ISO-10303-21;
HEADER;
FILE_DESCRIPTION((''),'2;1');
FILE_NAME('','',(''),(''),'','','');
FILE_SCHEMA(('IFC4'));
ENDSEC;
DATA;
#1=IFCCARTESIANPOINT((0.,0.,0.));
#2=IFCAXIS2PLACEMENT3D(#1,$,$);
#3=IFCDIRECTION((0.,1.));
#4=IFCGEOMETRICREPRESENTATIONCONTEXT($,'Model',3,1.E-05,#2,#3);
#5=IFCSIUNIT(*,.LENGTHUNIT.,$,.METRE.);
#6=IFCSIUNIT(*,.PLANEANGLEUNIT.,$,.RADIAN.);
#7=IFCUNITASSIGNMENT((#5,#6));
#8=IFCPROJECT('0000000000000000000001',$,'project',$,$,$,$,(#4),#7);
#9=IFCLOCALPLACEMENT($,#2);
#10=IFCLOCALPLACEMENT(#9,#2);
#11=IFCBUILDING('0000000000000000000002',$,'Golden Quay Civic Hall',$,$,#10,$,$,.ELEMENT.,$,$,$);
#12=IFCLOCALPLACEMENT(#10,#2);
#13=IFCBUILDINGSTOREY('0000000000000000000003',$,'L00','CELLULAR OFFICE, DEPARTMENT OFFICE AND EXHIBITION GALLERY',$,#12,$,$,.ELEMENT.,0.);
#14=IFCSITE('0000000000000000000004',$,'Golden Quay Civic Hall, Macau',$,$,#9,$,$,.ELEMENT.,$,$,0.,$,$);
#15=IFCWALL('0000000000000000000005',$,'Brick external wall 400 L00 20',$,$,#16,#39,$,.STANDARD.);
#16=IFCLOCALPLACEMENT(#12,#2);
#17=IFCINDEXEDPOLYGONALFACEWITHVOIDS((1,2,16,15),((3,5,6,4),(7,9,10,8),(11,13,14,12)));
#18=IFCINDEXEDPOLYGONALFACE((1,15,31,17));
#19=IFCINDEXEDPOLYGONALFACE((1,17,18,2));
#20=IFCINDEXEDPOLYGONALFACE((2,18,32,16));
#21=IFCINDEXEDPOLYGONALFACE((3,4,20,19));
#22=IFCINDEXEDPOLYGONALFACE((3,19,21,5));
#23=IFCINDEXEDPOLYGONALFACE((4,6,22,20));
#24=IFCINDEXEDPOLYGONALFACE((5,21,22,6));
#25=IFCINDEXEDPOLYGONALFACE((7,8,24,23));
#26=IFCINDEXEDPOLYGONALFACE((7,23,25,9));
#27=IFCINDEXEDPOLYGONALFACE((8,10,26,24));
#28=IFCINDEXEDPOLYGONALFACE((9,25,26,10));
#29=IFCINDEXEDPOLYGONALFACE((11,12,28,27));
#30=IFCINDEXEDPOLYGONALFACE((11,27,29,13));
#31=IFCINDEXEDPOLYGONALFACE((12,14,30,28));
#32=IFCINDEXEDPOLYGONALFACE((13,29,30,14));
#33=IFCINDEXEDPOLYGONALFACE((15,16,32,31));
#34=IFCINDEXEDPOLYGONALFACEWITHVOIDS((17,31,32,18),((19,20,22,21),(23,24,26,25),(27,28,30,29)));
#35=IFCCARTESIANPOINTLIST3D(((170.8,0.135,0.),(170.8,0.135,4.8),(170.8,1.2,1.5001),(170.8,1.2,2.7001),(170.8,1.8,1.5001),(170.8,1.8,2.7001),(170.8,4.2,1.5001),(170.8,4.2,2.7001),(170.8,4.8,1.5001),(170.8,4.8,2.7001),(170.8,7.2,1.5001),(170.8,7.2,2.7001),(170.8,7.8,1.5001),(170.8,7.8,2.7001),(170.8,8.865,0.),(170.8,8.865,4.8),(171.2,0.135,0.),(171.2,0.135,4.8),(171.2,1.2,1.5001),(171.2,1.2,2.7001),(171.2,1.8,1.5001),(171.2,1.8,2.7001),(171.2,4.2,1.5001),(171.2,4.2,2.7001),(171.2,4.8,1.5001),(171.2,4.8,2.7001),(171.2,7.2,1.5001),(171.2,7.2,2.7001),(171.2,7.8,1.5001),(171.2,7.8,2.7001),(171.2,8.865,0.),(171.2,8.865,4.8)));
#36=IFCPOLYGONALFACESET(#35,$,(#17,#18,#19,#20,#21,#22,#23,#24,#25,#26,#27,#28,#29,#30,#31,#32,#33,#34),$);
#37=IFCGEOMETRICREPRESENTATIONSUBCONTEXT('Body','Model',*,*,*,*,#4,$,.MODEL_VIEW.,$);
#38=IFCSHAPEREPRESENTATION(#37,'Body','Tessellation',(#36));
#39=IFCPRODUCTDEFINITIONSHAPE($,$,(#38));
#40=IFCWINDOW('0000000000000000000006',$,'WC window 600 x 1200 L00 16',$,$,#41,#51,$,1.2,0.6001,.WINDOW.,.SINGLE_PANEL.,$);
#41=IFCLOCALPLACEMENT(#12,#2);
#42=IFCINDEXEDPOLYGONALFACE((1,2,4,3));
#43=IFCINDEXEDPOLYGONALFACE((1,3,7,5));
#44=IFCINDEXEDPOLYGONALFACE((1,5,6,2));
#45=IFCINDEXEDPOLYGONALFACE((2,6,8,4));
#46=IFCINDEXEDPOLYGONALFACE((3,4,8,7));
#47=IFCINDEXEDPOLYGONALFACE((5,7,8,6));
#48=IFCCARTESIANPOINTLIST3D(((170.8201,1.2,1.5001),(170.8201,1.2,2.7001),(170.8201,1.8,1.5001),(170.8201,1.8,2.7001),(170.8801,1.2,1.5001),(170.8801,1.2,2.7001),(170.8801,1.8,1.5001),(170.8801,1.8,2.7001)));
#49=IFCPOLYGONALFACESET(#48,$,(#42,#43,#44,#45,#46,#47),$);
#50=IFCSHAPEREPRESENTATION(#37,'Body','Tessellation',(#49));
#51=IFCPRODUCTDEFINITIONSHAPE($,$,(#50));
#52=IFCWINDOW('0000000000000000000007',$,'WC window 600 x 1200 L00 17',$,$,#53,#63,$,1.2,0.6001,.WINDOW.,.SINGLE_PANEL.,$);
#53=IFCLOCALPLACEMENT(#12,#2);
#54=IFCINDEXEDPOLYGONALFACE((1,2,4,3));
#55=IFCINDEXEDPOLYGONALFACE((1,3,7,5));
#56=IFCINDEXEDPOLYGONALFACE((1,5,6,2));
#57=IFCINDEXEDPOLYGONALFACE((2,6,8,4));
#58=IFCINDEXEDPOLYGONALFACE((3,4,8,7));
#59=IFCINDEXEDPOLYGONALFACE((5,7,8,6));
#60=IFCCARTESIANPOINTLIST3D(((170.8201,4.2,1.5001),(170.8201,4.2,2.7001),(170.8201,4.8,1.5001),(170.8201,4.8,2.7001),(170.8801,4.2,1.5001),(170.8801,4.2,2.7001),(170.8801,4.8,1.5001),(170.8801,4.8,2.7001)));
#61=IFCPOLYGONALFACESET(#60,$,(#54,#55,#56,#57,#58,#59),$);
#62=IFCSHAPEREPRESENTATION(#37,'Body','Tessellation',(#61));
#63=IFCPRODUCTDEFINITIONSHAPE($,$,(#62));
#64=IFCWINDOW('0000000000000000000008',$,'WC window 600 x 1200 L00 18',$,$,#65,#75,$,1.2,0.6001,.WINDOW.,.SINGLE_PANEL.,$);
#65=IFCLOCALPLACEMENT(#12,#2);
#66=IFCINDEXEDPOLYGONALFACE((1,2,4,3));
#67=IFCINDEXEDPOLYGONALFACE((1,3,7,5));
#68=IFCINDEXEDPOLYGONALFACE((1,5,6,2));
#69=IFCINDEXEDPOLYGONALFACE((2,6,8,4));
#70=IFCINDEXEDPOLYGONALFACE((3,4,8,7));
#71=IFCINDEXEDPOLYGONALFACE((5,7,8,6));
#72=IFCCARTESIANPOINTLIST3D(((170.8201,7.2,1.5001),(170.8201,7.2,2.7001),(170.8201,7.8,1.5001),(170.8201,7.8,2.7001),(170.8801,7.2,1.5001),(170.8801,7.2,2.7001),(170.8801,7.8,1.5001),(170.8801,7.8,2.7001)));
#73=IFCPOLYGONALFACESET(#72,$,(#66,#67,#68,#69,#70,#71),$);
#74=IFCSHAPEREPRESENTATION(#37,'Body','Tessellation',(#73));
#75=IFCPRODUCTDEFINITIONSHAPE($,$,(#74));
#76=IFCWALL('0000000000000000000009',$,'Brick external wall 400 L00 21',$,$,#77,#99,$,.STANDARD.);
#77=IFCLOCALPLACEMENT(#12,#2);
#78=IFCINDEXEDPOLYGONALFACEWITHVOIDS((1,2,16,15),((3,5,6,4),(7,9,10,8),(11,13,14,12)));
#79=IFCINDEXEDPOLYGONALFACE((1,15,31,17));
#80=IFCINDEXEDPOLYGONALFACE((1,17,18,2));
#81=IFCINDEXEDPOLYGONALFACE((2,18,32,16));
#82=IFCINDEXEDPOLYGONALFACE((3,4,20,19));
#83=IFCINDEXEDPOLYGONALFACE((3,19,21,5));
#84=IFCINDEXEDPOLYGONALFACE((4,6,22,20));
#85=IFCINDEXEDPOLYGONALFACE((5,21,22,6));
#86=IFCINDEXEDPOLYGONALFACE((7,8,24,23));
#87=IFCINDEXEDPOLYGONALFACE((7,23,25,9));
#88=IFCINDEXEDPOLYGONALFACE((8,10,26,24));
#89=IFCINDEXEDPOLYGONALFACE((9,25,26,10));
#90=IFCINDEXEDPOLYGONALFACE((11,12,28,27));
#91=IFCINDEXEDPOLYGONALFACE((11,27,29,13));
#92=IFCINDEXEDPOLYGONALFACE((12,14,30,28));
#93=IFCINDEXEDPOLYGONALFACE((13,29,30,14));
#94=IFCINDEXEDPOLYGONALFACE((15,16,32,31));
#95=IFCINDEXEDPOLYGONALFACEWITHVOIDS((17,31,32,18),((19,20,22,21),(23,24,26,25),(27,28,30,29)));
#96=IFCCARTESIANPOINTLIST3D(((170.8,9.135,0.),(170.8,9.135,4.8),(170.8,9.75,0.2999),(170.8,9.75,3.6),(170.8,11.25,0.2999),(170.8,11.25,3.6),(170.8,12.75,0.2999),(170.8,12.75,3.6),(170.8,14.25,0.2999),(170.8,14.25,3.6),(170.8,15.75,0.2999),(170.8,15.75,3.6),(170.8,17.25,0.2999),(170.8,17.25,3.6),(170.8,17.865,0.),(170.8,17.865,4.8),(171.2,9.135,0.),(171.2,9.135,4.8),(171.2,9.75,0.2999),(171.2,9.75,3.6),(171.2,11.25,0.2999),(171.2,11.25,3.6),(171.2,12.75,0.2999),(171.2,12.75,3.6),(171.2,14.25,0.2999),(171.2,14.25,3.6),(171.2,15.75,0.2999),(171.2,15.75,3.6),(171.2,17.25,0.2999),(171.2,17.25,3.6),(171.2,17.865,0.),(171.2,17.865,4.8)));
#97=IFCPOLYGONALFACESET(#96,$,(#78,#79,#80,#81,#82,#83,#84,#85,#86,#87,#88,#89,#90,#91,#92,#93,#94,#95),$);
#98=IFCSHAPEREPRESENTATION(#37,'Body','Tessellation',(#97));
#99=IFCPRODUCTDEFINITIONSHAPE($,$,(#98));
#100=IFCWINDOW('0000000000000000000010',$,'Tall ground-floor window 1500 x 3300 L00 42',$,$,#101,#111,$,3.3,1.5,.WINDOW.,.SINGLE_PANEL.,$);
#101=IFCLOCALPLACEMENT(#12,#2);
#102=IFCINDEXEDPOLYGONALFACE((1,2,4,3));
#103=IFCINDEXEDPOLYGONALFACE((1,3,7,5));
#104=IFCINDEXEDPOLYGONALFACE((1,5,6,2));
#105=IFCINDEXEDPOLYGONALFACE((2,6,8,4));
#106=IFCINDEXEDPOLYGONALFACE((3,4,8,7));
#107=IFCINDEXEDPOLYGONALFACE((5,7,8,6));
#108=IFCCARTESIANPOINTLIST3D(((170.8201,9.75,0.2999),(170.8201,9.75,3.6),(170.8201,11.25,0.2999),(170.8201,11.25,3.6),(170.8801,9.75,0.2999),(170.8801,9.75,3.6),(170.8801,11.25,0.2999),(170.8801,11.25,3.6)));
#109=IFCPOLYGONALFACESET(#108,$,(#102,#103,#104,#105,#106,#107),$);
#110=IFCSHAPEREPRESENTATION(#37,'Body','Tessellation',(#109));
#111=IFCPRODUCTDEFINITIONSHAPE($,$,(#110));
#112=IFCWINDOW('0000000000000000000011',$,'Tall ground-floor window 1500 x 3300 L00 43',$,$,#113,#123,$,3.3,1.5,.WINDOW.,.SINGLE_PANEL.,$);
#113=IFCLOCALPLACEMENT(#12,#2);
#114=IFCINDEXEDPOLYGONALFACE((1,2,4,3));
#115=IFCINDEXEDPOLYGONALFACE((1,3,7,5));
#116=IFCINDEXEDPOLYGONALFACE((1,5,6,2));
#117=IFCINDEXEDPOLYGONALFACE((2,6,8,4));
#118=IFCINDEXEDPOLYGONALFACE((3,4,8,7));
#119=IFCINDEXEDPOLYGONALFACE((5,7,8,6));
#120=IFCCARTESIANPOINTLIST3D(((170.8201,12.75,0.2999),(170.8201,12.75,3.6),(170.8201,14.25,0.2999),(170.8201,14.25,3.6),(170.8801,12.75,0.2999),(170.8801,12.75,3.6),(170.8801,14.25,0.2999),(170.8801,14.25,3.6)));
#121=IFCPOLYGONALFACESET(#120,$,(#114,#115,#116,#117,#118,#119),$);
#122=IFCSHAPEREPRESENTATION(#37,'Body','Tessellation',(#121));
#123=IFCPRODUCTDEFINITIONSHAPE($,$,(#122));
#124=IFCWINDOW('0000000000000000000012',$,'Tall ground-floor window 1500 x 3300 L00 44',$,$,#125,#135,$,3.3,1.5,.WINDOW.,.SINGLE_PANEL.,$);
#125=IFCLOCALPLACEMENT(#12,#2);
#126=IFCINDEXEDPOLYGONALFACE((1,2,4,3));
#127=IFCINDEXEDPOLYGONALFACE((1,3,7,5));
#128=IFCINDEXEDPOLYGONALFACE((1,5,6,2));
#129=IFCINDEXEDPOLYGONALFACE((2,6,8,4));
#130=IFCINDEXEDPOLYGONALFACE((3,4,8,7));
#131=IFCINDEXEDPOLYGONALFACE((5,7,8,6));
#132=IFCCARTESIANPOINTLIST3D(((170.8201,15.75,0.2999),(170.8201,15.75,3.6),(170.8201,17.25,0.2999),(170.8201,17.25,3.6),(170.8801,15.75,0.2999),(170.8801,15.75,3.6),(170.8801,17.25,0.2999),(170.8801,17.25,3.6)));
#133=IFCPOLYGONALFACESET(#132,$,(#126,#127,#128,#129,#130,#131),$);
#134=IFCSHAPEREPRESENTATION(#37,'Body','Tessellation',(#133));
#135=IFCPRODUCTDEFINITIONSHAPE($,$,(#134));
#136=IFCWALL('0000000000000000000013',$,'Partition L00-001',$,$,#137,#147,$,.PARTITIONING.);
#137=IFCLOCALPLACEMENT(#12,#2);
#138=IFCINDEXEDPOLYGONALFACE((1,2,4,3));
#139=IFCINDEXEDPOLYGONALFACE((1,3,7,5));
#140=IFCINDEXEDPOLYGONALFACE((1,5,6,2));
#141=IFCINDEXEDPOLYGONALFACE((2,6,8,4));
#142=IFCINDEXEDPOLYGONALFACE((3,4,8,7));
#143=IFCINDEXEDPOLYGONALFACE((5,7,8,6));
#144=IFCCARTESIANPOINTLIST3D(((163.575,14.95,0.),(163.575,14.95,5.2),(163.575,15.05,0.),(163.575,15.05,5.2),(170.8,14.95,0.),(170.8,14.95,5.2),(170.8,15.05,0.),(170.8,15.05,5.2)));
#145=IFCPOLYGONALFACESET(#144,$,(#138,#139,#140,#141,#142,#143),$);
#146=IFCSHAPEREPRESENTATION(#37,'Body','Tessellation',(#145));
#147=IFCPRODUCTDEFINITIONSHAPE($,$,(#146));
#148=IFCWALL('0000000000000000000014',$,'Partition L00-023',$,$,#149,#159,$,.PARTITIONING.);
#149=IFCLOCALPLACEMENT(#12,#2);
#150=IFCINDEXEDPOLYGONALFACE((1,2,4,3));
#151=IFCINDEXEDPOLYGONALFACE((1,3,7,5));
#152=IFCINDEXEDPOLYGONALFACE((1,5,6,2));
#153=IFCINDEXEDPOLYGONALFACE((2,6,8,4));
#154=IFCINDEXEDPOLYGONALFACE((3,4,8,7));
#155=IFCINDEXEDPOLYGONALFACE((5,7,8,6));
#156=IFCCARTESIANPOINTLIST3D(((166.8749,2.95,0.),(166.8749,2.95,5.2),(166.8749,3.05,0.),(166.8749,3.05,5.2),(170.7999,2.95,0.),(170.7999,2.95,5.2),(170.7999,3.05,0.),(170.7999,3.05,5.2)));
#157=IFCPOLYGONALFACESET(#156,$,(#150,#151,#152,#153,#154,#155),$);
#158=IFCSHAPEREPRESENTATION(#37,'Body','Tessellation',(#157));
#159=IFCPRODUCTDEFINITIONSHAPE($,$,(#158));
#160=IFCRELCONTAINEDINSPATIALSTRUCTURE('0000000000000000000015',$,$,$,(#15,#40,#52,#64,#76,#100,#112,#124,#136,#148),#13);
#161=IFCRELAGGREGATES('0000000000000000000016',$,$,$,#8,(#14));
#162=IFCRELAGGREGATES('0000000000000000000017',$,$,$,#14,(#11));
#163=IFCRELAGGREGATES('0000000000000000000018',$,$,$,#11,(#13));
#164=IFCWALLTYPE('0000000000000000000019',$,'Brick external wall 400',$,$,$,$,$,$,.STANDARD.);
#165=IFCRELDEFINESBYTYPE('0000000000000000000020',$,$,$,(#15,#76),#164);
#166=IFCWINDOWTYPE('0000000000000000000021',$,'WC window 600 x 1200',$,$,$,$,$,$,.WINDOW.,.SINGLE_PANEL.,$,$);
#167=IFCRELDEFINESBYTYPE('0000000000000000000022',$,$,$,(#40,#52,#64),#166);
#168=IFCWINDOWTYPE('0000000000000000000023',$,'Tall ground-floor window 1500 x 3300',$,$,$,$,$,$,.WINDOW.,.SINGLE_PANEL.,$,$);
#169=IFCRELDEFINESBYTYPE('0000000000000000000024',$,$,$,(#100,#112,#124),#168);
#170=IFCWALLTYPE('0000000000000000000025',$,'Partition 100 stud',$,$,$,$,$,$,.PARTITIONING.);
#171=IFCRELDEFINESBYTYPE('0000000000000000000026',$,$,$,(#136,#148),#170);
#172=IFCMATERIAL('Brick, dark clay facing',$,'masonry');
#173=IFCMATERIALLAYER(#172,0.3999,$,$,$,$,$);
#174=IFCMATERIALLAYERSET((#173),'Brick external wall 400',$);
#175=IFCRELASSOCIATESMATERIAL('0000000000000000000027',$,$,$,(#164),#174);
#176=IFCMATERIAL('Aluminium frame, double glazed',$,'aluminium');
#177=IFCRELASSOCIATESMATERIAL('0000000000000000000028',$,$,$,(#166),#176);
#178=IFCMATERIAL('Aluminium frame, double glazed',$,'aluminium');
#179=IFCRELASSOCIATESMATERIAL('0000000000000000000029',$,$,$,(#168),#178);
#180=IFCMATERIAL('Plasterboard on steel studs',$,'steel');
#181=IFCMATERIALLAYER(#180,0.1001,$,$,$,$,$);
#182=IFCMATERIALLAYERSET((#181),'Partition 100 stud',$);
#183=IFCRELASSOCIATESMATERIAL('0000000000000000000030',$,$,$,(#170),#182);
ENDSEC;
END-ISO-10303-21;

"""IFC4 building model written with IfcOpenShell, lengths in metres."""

from ifc_helpers import new_model, si_unit, direction, frame, frame_2d, origin, place, context, subcontext, project, spatial, rectangle, extrude, material, layer, layer_set, type_object, element, fill, save


model = new_model("IFC4")

# Units and contexts
model_context = context("Model", 3, precision=1e-05, world=origin(), true_north=direction((0.0, 1.0)))
body_context = subcontext(model_context, "Body", "Model", "MODEL_VIEW")
ifc_project = project(units=[si_unit("LENGTHUNIT", "METRE"), si_unit("PLANEANGLEUNIT", "RADIAN")], contexts=[model_context])

# Site, building, storey
site_placement = place(None, origin())
site = spatial("IfcSite", under=ifc_project, at=site_placement, Name="Golden Quay Civic Hall, Macau", CompositionType="ELEMENT", RefElevation=0.0)
building_placement = place(site_placement, origin())
building = spatial("IfcBuilding", under=site, at=building_placement, Name="Golden Quay Civic Hall", CompositionType="ELEMENT")
storey_placement = place(building_placement, origin())
storey = spatial("IfcBuildingStorey", under=building, at=storey_placement, Name="L00", Description="CELLULAR OFFICE, DEPARTMENT OFFICE AND EXHIBITION GALLERY", CompositionType="ELEMENT", Elevation=0.0)

# Walls, openings, windows
ifc_material_1 = material(Name="Brick, dark clay facing", Category="masonry")
ifc_layer_1 = layer(ifc_material_1, 0.3999)
ifc_layer_set_1 = layer_set([ifc_layer_1], Name="Brick external wall 400")
wall_type_1 = type_object("IfcWallType", Name="Brick external wall 400", PredefinedType="STANDARD", material=ifc_layer_set_1)
wall_1_placement = place(storey_placement, frame((171.0, 8.865, 0.0), z_axis=(0.0, 0.0, 1.0), x_axis=(0.0, -1.0, 0.0)))
wall_1 = element("IfcWall", 1, at=wall_1_placement, inside=storey, type_object=wall_type_1, Name="Brick external wall 400 L00 20", PredefinedType="STANDARD", context=body_context, shape_type="SweptSolid", body=[
    extrude(rectangle(XDim=8.73, YDim=0.3999, at=frame_2d((4.365, 0.0))), origin(), (0.0, 0.0, 1.0), 4.8),
])
opening_1_placement = place(wall_1_placement, frame((7.0649, 0.0, 1.5)))
opening_1 = element("IfcOpeningElement", 2, at=opening_1_placement, cuts=wall_1, PredefinedType="OPENING", context=body_context, shape_type="SweptSolid", body=[
    extrude(rectangle(XDim=0.6001, YDim=1.2, at=frame_2d((0.3, 0.6001))), frame((0.0, 0.21, 0.0), z_axis=(0.0, -1.0, 0.0), x_axis=(1.0, 0.0, 0.0)), (0.0, 0.0, 1.0), 0.4199),
])
opening_2_placement = place(wall_1_placement, frame((4.0649, 0.0, 1.5)))
opening_2 = element("IfcOpeningElement", 3, at=opening_2_placement, cuts=wall_1, PredefinedType="OPENING", context=body_context, shape_type="SweptSolid", body=[
    extrude(rectangle(XDim=0.6001, YDim=1.2, at=frame_2d((0.3, 0.6001))), frame((0.0, 0.21, 0.0), z_axis=(0.0, -1.0, 0.0), x_axis=(1.0, 0.0, 0.0)), (0.0, 0.0, 1.0), 0.4199),
])
opening_3_placement = place(wall_1_placement, frame((1.0649, 0.0, 1.5)))
opening_3 = element("IfcOpeningElement", 4, at=opening_3_placement, cuts=wall_1, PredefinedType="OPENING", context=body_context, shape_type="SweptSolid", body=[
    extrude(rectangle(XDim=0.6001, YDim=1.2, at=frame_2d((0.3, 0.6001))), frame((0.0, 0.21, 0.0), z_axis=(0.0, -1.0, 0.0), x_axis=(1.0, 0.0, 0.0)), (0.0, 0.0, 1.0), 0.4199),
])
ifc_material_2 = material(Name="Aluminium frame, double glazed", Category="aluminium")
window_type_1 = type_object("IfcWindowType", Name="WC window 600 x 1200", PartitioningType="SINGLE_PANEL", PredefinedType="WINDOW", material=ifc_material_2)
window_1_placement = place(opening_1_placement, origin())
window_1 = element("IfcWindow", 5, at=window_1_placement, inside=storey, type_object=window_type_1, Name="WC window 600 x 1200 L00 16", OverallHeight=1.2, OverallWidth=0.6001, PartitioningType="SINGLE_PANEL", PredefinedType="WINDOW", context=body_context, shape_type="SweptSolid", body=[
    extrude(rectangle(XDim=0.6001, YDim=1.2, at=frame_2d((0.3, 0.6001))), frame((0.0, -0.1199, 0.0), z_axis=(0.0, -1.0, 0.0), x_axis=(1.0, 0.0, 0.0)), (0.0, 0.0, 1.0), 0.0601),
])
fill(opening_1, window_1)
window_2_placement = place(opening_2_placement, origin())
window_2 = element("IfcWindow", 6, at=window_2_placement, inside=storey, type_object=window_type_1, Name="WC window 600 x 1200 L00 17", OverallHeight=1.2, OverallWidth=0.6001, PartitioningType="SINGLE_PANEL", PredefinedType="WINDOW", context=body_context, shape_type="SweptSolid", body=[
    extrude(rectangle(XDim=0.6001, YDim=1.2, at=frame_2d((0.3, 0.6001))), frame((0.0, -0.1199, 0.0), z_axis=(0.0, -1.0, 0.0), x_axis=(1.0, 0.0, 0.0)), (0.0, 0.0, 1.0), 0.0601),
])
fill(opening_2, window_2)
window_3_placement = place(opening_3_placement, origin())
window_3 = element("IfcWindow", 7, at=window_3_placement, inside=storey, type_object=window_type_1, Name="WC window 600 x 1200 L00 18", OverallHeight=1.2, OverallWidth=0.6001, PartitioningType="SINGLE_PANEL", PredefinedType="WINDOW", context=body_context, shape_type="SweptSolid", body=[
    extrude(rectangle(XDim=0.6001, YDim=1.2, at=frame_2d((0.3, 0.6001))), frame((0.0, -0.1199, 0.0), z_axis=(0.0, -1.0, 0.0), x_axis=(1.0, 0.0, 0.0)), (0.0, 0.0, 1.0), 0.0601),
])
fill(opening_3, window_3)
wall_2_placement = place(storey_placement, frame((171.0, 17.865, 0.0), z_axis=(0.0, 0.0, 1.0), x_axis=(0.0, -1.0, 0.0)))
wall_2 = element("IfcWall", 8, at=wall_2_placement, inside=storey, type_object=wall_type_1, Name="Brick external wall 400 L00 21", PredefinedType="STANDARD", context=body_context, shape_type="SweptSolid", body=[
    extrude(rectangle(XDim=8.73, YDim=0.3999, at=frame_2d((4.365, 0.0))), origin(), (0.0, 0.0, 1.0), 4.8),
])
opening_4_placement = place(wall_2_placement, frame((6.615, 0.0, 0.3)))
opening_4 = element("IfcOpeningElement", 9, at=opening_4_placement, cuts=wall_2, PredefinedType="OPENING", context=body_context, shape_type="SweptSolid", body=[
    extrude(rectangle(XDim=1.5, YDim=3.3, at=frame_2d((0.75, 1.6499))), frame((0.0, 0.21, 0.0), z_axis=(0.0, -1.0, 0.0), x_axis=(1.0, 0.0, 0.0)), (0.0, 0.0, 1.0), 0.4199),
])
opening_5_placement = place(wall_2_placement, frame((3.615, 0.0, 0.3)))
opening_5 = element("IfcOpeningElement", 10, at=opening_5_placement, cuts=wall_2, PredefinedType="OPENING", context=body_context, shape_type="SweptSolid", body=[
    extrude(rectangle(XDim=1.5, YDim=3.3, at=frame_2d((0.75, 1.6499))), frame((0.0, 0.21, 0.0), z_axis=(0.0, -1.0, 0.0), x_axis=(1.0, 0.0, 0.0)), (0.0, 0.0, 1.0), 0.4199),
])
opening_6_placement = place(wall_2_placement, frame((0.615, 0.0, 0.3)))
opening_6 = element("IfcOpeningElement", 11, at=opening_6_placement, cuts=wall_2, PredefinedType="OPENING", context=body_context, shape_type="SweptSolid", body=[
    extrude(rectangle(XDim=1.5, YDim=3.3, at=frame_2d((0.75, 1.6499))), frame((0.0, 0.21, 0.0), z_axis=(0.0, -1.0, 0.0), x_axis=(1.0, 0.0, 0.0)), (0.0, 0.0, 1.0), 0.4199),
])
ifc_material_3 = material(Name="Aluminium frame, double glazed", Category="aluminium")
window_type_2 = type_object("IfcWindowType", Name="Tall ground-floor window 1500 x 3300", PartitioningType="SINGLE_PANEL", PredefinedType="WINDOW", material=ifc_material_3)
window_4_placement = place(opening_4_placement, origin())
window_4 = element("IfcWindow", 12, at=window_4_placement, inside=storey, type_object=window_type_2, Name="Tall ground-floor window 1500 x 3300 L00 42", OverallHeight=3.3, OverallWidth=1.5, PartitioningType="SINGLE_PANEL", PredefinedType="WINDOW", context=body_context, shape_type="SweptSolid", body=[
    extrude(rectangle(XDim=1.5, YDim=3.3, at=frame_2d((0.75, 1.6499))), frame((0.0, -0.1199, 0.0), z_axis=(0.0, -1.0, 0.0), x_axis=(1.0, 0.0, 0.0)), (0.0, 0.0, 1.0), 0.0601),
])
fill(opening_4, window_4)
window_5_placement = place(opening_5_placement, origin())
window_5 = element("IfcWindow", 13, at=window_5_placement, inside=storey, type_object=window_type_2, Name="Tall ground-floor window 1500 x 3300 L00 43", OverallHeight=3.3, OverallWidth=1.5, PartitioningType="SINGLE_PANEL", PredefinedType="WINDOW", context=body_context, shape_type="SweptSolid", body=[
    extrude(rectangle(XDim=1.5, YDim=3.3, at=frame_2d((0.75, 1.6499))), frame((0.0, -0.1199, 0.0), z_axis=(0.0, -1.0, 0.0), x_axis=(1.0, 0.0, 0.0)), (0.0, 0.0, 1.0), 0.0601),
])
fill(opening_5, window_5)
window_6_placement = place(opening_6_placement, origin())
window_6 = element("IfcWindow", 14, at=window_6_placement, inside=storey, type_object=window_type_2, Name="Tall ground-floor window 1500 x 3300 L00 44", OverallHeight=3.3, OverallWidth=1.5, PartitioningType="SINGLE_PANEL", PredefinedType="WINDOW", context=body_context, shape_type="SweptSolid", body=[
    extrude(rectangle(XDim=1.5, YDim=3.3, at=frame_2d((0.75, 1.6499))), frame((0.0, -0.1199, 0.0), z_axis=(0.0, -1.0, 0.0), x_axis=(1.0, 0.0, 0.0)), (0.0, 0.0, 1.0), 0.0601),
])
fill(opening_6, window_6)

# Walls
ifc_material_4 = material(Name="Plasterboard on steel studs", Category="steel")
ifc_layer_2 = layer(ifc_material_4, 0.1001)
ifc_layer_set_2 = layer_set([ifc_layer_2], Name="Partition 100 stud")
wall_type_2 = type_object("IfcWallType", Name="Partition 100 stud", PredefinedType="PARTITIONING", material=ifc_layer_set_2)
wall_3_placement = place(storey_placement, frame((163.575, 15.0, 0.0), z_axis=(0.0, 0.0, 1.0), x_axis=(1.0, 0.0, 0.0)))
element("IfcWall", 15, at=wall_3_placement, inside=storey, type_object=wall_type_2, Name="Partition L00-001", PredefinedType="PARTITIONING", context=body_context, shape_type="SweptSolid", body=[
    extrude(rectangle(XDim=7.2251, YDim=0.1001, at=frame_2d((3.6125, 0.0))), origin(), (0.0, 0.0, 1.0), 5.2),
])
for number, where, z_axis, x_axis, name in (
    (16, (166.875, 3.0, 0.0), (0.0, 0.0, 1.0), (1.0, 0.0, 0.0), "Partition L00-023"),
):
    element("IfcWall", number, at=place(storey_placement, frame(where, z_axis=z_axis, x_axis=x_axis)), inside=storey, type_object=wall_type_2, Name=name, PredefinedType="PARTITIONING", context=body_context, shape_type="SweptSolid", body=[
        extrude(rectangle(XDim=3.925, YDim=0.1001, at=frame_2d((1.9624, 0.0))), origin(), (0.0, 0.0, 1.0), 5.2),
    ])

save(model, "model.ifc")
